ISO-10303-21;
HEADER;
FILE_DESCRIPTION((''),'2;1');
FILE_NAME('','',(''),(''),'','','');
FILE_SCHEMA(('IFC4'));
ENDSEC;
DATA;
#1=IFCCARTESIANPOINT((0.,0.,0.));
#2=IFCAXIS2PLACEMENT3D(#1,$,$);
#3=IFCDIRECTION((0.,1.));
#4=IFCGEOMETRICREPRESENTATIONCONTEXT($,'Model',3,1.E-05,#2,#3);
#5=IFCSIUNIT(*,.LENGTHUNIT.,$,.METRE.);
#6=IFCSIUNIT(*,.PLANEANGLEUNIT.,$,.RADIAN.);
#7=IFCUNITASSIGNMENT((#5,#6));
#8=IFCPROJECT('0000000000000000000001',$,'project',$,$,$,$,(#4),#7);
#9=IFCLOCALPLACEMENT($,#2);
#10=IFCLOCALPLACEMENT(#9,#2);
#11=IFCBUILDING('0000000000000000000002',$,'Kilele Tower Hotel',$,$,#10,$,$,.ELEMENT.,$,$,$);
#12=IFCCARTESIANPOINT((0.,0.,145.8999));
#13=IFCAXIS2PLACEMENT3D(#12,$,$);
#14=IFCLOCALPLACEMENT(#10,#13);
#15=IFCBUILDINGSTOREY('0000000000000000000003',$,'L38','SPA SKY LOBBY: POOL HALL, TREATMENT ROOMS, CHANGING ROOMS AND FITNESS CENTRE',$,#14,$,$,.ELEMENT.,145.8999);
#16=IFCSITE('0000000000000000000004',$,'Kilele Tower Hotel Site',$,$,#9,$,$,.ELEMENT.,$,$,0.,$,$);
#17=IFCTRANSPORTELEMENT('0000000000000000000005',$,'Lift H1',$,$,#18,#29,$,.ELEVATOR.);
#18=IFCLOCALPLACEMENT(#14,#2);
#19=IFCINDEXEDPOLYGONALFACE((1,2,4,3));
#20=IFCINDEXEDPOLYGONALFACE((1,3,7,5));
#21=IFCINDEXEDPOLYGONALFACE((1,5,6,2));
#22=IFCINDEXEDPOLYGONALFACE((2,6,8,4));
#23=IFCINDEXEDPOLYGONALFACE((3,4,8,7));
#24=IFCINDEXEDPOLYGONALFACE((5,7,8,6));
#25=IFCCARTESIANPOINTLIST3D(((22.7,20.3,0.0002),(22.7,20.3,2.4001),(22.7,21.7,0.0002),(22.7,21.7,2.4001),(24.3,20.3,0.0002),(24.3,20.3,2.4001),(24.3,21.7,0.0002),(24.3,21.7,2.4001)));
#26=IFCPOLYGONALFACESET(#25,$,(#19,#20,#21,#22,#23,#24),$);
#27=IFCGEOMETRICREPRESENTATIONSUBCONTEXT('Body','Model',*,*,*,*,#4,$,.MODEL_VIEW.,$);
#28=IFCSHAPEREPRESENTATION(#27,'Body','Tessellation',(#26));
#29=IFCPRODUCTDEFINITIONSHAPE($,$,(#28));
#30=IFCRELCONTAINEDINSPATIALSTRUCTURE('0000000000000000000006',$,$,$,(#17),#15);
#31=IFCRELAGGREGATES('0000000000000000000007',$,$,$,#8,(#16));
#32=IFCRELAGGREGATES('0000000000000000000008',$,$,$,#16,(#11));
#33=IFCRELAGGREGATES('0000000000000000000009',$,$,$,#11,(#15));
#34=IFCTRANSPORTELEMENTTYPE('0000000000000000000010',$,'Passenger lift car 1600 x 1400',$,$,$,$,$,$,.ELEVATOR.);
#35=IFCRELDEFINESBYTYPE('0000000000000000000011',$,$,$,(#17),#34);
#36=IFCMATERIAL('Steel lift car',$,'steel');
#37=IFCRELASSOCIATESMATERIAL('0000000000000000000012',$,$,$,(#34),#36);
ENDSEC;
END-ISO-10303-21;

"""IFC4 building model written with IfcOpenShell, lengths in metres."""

from ifc_helpers import new_model, si_unit, direction, frame, origin, origin_2d, place, context, subcontext, project, spatial, rectangle, extrude, material, type_object, element, save


model = new_model("IFC4")

# Units and contexts
model_context = context("Model", 3, precision=1e-05, world=origin(), true_north=direction((0.0, 1.0)))
body_context = subcontext(model_context, "Body", "Model", "MODEL_VIEW")
ifc_project = project(units=[si_unit("LENGTHUNIT", "METRE"), si_unit("PLANEANGLEUNIT", "RADIAN")], contexts=[model_context])

# Site, building, storey
site_placement = place(None, origin())
site = spatial("IfcSite", under=ifc_project, at=site_placement, Name="Kilele Tower Hotel Site", CompositionType="ELEMENT", RefElevation=0.0)
building_placement = place(site_placement, origin())
building = spatial("IfcBuilding", under=site, at=building_placement, Name="Kilele Tower Hotel", CompositionType="ELEMENT")
storey_placement = place(building_placement, frame((0.0, 0.0, 145.8999)))
storey = spatial("IfcBuildingStorey", under=building, at=storey_placement, Name="L38", Description="SPA SKY LOBBY: POOL HALL, TREATMENT ROOMS, CHANGING ROOMS AND FITNESS CENTRE", CompositionType="ELEMENT", Elevation=145.8999)

# Transport element
ifc_material_1 = material(Name="Steel lift car", Category="steel")
transport_element_type = type_object("IfcTransportElementType", Name="Passenger lift car 1600 x 1400", PredefinedType="ELEVATOR", material=ifc_material_1)
transport_element_placement = place(storey_placement, frame((23.5, 21.0, 0.0002), z_axis=(0.0, 0.0, 1.0), x_axis=(1.0, 0.0, 0.0)))
element("IfcTransportElement", 1, at=transport_element_placement, inside=storey, type_object=transport_element_type, Name="Lift H1", PredefinedType="ELEVATOR", context=body_context, shape_type="SweptSolid", body=[
    extrude(rectangle(XDim=1.6001, YDim=1.3999, at=origin_2d()), origin(), (0.0, 0.0, 1.0), 2.3999),
])

save(model, "model.ifc")
